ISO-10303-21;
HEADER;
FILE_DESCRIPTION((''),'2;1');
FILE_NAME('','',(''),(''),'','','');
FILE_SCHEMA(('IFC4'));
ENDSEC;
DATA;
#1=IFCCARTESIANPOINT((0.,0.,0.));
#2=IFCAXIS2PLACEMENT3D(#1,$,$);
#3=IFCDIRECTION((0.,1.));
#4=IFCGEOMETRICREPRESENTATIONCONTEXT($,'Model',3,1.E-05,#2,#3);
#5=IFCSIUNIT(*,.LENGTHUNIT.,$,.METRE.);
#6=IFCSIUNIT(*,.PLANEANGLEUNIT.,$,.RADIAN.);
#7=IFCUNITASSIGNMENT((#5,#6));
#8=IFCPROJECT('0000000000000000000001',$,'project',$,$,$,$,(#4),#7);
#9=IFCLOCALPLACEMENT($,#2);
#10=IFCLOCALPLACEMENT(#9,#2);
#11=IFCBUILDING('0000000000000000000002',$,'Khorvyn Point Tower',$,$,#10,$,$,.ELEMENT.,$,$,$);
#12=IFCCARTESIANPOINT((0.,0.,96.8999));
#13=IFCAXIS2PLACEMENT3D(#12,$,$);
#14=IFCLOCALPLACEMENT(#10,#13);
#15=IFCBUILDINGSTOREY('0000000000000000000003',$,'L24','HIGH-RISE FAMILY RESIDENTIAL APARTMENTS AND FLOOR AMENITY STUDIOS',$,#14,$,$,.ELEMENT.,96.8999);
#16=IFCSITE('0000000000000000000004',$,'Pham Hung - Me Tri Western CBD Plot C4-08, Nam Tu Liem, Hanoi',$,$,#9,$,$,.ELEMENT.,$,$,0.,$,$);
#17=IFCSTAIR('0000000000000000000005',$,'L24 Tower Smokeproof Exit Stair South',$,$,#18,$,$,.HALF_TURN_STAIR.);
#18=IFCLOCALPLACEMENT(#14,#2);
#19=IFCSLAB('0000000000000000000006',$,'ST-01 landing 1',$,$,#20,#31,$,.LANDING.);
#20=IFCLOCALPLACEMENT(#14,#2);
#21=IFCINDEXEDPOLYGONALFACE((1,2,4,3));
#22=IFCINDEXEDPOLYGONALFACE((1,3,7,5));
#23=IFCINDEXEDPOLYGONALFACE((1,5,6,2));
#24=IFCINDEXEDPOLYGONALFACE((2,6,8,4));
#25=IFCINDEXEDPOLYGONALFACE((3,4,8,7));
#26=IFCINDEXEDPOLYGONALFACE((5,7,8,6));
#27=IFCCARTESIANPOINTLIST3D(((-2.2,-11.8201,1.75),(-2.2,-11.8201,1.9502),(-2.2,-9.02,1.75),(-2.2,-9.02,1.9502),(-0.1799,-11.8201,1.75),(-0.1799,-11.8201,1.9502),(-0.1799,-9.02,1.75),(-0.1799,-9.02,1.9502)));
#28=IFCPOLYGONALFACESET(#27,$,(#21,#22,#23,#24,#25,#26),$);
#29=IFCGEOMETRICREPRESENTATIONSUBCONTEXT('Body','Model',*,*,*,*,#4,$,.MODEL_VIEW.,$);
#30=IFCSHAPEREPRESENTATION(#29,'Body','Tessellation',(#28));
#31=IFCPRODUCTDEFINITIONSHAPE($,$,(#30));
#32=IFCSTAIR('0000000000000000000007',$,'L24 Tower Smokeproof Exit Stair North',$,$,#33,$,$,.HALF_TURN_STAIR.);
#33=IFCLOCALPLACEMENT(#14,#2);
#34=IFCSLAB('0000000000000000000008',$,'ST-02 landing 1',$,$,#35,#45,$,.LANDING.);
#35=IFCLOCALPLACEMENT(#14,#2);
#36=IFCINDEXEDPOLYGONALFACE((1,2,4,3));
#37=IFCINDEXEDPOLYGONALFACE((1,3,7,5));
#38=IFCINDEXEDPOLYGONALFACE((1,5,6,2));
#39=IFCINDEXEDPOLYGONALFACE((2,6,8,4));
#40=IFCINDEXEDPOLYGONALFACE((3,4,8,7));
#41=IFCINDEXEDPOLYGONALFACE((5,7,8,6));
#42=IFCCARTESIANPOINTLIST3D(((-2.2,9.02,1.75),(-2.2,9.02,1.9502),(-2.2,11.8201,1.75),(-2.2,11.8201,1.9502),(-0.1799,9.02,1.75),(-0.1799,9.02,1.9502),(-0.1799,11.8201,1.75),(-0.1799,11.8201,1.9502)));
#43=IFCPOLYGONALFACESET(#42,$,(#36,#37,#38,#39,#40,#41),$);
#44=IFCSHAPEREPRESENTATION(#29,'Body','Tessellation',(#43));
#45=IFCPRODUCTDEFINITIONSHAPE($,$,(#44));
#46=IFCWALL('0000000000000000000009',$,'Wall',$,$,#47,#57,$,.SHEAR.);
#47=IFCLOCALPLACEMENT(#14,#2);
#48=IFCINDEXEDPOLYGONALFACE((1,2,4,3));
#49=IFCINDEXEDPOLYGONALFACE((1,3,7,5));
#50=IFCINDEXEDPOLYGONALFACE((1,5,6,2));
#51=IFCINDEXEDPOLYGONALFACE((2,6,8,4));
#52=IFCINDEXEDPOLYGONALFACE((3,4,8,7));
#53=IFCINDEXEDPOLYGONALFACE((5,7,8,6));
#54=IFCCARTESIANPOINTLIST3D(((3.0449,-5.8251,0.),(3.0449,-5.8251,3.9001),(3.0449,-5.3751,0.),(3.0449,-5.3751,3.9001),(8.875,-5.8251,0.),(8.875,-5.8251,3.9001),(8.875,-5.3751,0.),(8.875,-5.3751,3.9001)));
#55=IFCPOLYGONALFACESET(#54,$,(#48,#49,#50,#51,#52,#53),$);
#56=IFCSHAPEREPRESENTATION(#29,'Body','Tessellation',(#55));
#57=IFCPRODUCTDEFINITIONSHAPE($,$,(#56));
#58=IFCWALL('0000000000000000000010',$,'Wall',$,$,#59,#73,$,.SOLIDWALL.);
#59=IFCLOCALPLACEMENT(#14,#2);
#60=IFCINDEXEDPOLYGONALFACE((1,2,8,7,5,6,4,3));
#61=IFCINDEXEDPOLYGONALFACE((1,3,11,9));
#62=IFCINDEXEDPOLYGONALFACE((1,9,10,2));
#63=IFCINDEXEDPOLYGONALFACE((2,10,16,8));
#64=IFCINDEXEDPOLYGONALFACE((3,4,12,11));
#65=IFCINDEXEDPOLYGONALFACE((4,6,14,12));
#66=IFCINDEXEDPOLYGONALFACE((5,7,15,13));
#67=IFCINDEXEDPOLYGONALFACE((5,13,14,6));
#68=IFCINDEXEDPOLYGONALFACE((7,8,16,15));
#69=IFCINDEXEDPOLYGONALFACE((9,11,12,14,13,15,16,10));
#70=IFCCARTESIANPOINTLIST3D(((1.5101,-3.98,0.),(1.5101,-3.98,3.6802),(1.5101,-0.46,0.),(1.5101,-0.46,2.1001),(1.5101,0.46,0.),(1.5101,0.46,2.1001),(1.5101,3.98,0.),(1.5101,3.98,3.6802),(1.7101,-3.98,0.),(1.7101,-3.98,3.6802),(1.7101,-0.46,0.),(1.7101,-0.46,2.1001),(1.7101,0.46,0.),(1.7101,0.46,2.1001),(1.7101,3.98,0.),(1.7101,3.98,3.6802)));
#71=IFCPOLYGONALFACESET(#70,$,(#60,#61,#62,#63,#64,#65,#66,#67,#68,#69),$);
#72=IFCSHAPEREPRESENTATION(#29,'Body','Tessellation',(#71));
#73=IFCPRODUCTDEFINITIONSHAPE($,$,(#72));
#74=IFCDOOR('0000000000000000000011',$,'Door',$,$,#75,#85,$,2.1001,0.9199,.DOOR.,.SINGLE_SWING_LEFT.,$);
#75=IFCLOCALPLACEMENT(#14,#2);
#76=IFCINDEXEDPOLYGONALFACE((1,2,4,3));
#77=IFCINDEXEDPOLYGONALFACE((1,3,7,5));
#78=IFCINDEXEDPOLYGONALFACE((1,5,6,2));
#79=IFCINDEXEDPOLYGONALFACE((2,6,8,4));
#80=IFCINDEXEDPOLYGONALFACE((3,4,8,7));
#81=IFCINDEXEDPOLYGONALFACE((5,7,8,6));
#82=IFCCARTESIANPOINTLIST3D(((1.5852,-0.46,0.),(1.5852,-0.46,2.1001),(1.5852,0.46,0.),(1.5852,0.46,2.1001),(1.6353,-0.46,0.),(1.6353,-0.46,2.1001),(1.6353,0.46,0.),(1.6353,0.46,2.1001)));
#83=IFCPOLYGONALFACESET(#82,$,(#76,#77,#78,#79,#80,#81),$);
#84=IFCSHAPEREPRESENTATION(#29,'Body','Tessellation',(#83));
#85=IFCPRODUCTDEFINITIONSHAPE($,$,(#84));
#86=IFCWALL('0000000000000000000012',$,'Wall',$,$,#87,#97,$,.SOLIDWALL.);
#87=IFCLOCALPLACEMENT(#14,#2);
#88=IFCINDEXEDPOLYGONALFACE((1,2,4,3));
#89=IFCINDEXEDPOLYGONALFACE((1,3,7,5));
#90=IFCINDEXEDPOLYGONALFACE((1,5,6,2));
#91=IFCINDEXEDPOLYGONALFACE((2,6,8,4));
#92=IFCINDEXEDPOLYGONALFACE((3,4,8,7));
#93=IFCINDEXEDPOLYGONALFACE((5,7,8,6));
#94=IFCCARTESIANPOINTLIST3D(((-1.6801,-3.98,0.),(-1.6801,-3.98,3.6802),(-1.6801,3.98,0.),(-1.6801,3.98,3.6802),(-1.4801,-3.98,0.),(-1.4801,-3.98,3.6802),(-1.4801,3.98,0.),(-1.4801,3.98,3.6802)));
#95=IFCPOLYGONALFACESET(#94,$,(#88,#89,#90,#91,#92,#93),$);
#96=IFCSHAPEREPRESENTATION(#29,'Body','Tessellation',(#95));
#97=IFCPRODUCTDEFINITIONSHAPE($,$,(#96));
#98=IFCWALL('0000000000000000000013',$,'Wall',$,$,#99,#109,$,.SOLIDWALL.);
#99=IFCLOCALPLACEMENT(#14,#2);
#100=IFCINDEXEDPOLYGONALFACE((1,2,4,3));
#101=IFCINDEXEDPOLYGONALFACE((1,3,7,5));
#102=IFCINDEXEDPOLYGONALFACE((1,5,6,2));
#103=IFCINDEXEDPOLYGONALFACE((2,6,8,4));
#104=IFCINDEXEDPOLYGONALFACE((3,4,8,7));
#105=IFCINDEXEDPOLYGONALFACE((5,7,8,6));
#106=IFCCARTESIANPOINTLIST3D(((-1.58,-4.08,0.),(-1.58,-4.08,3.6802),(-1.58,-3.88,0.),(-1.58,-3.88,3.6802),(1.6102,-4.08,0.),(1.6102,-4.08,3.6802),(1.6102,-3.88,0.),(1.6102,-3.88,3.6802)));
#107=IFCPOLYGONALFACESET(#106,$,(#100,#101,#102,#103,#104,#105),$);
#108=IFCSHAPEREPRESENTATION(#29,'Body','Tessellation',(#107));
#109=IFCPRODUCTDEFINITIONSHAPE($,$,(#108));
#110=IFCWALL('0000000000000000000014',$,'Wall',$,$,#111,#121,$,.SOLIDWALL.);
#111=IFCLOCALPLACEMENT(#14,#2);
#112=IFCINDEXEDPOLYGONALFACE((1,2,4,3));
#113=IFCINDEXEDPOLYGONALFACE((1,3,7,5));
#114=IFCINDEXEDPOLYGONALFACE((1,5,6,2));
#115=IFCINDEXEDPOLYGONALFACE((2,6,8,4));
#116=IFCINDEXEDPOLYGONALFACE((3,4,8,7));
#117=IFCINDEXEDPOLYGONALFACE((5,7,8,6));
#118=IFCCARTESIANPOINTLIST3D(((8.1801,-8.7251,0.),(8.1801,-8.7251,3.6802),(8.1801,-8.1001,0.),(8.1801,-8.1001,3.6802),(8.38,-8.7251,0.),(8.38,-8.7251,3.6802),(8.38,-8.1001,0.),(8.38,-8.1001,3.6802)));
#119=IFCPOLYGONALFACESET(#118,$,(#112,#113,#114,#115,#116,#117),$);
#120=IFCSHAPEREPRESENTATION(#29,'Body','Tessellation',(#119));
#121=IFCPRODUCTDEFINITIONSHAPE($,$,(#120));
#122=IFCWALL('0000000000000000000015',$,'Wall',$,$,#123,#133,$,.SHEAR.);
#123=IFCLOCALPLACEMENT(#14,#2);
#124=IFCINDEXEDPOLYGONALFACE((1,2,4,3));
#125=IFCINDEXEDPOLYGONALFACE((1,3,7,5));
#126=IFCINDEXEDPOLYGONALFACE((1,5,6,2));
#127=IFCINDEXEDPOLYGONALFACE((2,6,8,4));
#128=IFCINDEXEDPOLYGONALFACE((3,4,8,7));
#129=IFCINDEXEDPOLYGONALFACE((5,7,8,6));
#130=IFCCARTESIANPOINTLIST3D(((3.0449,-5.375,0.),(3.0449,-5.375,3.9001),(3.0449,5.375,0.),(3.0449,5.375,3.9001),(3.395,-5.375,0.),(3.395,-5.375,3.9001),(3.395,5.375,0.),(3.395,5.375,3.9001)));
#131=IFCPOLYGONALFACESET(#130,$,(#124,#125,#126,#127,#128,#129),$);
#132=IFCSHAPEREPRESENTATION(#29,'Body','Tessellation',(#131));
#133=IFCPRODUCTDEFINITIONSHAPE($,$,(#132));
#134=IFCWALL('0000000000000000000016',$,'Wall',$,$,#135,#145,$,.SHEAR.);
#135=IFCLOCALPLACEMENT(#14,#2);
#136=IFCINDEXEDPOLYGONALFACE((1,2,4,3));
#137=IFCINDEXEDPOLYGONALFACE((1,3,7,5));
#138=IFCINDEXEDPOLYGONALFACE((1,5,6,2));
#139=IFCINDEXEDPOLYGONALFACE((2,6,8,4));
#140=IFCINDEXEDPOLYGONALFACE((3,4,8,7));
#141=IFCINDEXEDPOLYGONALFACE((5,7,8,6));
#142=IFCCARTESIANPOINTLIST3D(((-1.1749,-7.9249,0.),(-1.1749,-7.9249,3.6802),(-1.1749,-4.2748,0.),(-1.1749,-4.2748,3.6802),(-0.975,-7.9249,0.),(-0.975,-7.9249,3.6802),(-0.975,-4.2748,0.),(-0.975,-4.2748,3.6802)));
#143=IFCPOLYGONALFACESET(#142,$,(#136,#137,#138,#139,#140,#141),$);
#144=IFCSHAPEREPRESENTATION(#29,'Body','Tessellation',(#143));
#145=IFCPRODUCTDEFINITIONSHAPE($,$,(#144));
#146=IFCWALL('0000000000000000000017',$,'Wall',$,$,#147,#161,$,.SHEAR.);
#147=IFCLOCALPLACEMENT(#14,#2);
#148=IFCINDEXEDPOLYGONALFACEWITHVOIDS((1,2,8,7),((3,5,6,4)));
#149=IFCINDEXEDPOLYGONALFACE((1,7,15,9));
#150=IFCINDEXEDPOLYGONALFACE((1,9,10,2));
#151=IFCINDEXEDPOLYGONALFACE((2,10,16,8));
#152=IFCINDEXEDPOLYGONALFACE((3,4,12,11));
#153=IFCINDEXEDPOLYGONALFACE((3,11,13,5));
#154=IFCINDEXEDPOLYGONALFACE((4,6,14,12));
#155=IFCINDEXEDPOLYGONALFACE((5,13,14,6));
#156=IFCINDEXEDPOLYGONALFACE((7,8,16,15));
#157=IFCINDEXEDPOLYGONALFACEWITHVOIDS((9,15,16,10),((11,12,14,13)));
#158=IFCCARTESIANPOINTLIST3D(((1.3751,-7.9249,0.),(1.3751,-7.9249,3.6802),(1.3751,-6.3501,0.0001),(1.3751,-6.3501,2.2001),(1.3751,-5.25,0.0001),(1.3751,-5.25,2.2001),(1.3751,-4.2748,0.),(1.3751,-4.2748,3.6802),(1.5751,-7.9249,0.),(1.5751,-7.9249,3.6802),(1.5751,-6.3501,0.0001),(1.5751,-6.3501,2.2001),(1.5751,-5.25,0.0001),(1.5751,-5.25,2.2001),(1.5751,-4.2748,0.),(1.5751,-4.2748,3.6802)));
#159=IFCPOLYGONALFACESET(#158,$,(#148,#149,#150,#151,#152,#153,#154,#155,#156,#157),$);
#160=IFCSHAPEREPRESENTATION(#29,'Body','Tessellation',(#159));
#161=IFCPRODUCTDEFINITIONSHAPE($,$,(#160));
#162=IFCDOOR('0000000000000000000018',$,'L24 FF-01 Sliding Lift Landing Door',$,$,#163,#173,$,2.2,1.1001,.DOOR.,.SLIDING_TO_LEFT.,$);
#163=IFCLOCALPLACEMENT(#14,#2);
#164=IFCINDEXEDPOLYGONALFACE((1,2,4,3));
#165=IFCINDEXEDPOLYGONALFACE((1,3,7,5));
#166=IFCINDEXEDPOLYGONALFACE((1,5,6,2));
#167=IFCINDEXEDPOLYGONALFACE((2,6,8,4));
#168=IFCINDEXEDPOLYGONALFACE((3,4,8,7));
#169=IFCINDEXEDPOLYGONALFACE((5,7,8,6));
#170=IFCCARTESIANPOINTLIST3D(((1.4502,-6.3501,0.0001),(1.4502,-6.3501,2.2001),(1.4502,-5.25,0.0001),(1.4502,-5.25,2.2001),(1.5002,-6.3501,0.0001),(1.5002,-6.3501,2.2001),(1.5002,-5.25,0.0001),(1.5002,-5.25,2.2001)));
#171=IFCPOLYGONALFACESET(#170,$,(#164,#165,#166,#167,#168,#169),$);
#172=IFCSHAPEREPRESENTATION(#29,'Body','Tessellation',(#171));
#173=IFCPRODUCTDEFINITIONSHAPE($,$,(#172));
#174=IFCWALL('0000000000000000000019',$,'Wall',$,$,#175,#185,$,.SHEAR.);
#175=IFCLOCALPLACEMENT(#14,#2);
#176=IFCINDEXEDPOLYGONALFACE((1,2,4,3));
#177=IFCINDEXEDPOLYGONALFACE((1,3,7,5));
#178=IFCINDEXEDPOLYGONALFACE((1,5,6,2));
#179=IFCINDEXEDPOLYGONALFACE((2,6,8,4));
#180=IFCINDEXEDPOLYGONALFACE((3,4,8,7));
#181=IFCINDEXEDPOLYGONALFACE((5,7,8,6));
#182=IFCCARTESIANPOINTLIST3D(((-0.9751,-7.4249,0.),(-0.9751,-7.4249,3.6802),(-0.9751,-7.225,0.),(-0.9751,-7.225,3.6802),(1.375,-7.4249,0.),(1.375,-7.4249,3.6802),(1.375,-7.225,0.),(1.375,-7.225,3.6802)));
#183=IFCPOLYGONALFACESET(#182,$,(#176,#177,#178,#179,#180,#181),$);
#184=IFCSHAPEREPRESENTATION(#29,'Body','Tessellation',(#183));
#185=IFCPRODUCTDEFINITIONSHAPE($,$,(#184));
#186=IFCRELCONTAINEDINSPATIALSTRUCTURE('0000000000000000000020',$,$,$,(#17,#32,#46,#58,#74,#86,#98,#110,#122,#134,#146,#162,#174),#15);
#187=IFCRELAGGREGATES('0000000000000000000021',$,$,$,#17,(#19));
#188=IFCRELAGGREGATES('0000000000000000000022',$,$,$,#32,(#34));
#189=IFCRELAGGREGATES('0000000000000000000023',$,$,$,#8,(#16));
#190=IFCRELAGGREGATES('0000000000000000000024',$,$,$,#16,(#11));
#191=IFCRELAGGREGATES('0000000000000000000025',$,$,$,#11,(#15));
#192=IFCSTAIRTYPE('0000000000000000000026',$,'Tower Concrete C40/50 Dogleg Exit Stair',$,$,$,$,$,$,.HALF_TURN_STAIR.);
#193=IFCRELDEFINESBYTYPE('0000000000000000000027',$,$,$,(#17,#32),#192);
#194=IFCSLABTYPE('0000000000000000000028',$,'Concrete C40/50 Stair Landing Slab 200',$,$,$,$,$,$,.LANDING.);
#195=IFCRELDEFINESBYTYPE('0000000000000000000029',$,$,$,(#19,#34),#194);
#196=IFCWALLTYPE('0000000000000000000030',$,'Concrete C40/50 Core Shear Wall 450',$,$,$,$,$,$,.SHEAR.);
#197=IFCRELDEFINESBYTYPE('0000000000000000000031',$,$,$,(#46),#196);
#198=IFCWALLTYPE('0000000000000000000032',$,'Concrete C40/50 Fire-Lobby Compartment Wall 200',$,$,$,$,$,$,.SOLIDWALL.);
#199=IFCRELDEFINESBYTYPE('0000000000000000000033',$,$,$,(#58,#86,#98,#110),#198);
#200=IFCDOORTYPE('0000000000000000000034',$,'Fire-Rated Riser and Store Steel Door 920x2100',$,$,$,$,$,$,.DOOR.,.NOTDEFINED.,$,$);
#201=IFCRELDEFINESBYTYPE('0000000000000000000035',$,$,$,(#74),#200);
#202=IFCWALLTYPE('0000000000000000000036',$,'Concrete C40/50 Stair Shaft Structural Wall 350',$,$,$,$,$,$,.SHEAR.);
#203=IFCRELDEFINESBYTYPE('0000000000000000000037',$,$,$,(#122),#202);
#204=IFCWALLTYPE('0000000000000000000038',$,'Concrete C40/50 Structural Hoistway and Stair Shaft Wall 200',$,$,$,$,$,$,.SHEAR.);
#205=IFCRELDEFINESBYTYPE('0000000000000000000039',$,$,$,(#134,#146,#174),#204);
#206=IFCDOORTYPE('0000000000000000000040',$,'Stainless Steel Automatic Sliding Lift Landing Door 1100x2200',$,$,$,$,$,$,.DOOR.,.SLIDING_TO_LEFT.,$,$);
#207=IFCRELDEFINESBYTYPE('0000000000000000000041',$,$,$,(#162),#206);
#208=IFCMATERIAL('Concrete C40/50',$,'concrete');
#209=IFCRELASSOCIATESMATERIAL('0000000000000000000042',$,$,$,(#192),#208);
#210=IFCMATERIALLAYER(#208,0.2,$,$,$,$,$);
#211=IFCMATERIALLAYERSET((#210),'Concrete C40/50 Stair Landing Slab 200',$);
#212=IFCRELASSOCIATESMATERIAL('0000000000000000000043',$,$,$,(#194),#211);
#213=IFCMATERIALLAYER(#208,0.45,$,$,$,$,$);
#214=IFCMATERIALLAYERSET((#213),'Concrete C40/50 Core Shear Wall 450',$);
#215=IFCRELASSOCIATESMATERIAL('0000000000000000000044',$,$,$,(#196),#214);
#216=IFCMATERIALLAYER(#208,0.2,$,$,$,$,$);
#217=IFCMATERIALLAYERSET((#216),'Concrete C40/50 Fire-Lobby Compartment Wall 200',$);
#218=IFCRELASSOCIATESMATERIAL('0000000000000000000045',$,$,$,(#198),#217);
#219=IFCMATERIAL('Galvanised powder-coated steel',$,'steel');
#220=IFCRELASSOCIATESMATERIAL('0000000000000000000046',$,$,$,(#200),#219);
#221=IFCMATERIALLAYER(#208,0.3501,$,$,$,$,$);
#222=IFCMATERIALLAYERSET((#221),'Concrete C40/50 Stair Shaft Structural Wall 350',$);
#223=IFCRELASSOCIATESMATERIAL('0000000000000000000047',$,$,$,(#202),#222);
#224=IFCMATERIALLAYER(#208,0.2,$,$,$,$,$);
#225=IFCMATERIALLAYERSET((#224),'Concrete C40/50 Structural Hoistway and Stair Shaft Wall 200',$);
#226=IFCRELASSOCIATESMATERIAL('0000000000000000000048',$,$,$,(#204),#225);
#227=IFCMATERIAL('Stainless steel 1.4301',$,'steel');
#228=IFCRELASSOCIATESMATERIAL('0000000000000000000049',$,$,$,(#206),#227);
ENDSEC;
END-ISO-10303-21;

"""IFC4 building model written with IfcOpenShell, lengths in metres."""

from ifc_helpers import new_model, si_unit, direction, frame, frame_2d, origin, place, context, subcontext, project, spatial, polyline, rectangle, outline, extrude, material, layer, layer_set, type_object, element, fill, aggregate, save


model = new_model("IFC4")

# Units and contexts
model_context = context("Model", 3, precision=1e-05, world=origin(), true_north=direction((0.0, 1.0)))
body_context = subcontext(model_context, "Body", "Model", "MODEL_VIEW")
ifc_project = project(units=[si_unit("LENGTHUNIT", "METRE"), si_unit("PLANEANGLEUNIT", "RADIAN")], contexts=[model_context])

# Site, building, storey
site_placement = place(None, origin())
site = spatial("IfcSite", under=ifc_project, at=site_placement, Name="Pham Hung - Me Tri Western CBD Plot C4-08, Nam Tu Liem, Hanoi", CompositionType="ELEMENT", RefElevation=0.0)
building_placement = place(site_placement, origin())
building = spatial("IfcBuilding", under=site, at=building_placement, Name="Khorvyn Point Tower", CompositionType="ELEMENT")
storey_placement = place(building_placement, frame((0.0, 0.0, 96.8999)))
storey = spatial("IfcBuildingStorey", under=building, at=storey_placement, Name="L24", Description="HIGH-RISE FAMILY RESIDENTIAL APARTMENTS AND FLOOR AMENITY STUDIOS", CompositionType="ELEMENT", Elevation=96.8999)

# Shared definitions
ifc_material_1 = material(Name="Concrete C40/50", Category="concrete")

# Stairs, slabs
stair_type = type_object("IfcStairType", Name="Tower Concrete C40/50 Dogleg Exit Stair", PredefinedType="HALF_TURN_STAIR", material=ifc_material_1)
stair_1_placement = place(storey_placement, origin())
stair_1 = element("IfcStair", 1, at=stair_1_placement, inside=storey, type_object=stair_type, Name="L24 Tower Smokeproof Exit Stair South", PredefinedType="HALF_TURN_STAIR")
ifc_layer_1 = layer(ifc_material_1, 0.2)
ifc_layer_set_1 = layer_set([ifc_layer_1], Name="Concrete C40/50 Stair Landing Slab 200")
slab_type_1 = type_object("IfcSlabType", Name="Concrete C40/50 Stair Landing Slab 200", PredefinedType="LANDING", material=ifc_layer_set_1)
slab_1_placement = place(storey_placement, frame((0.0, 0.0, 1.75)))
slab_1 = element("IfcSlab", 2, at=slab_1_placement, type_object=slab_type_1, Name="ST-01 landing 1", PredefinedType="LANDING", context=body_context, shape_type="SweptSolid", body=[
    extrude(outline(polyline([(-0.1799, -9.02), (-2.2, -9.02), (-2.2, -11.8201), (-0.1799, -11.8201), (-0.1799, -9.02)])), origin(), (0.0, 0.0, 1.0), 0.2002),
])
aggregate(stair_1, [slab_1])
stair_2_placement = place(storey_placement, origin())
stair_2 = element("IfcStair", 3, at=stair_2_placement, inside=storey, type_object=stair_type, Name="L24 Tower Smokeproof Exit Stair North", PredefinedType="HALF_TURN_STAIR")
slab_2_placement = place(storey_placement, frame((0.0, 0.0, 1.75)))
slab_2 = element("IfcSlab", 4, at=slab_2_placement, type_object=slab_type_1, Name="ST-02 landing 1", PredefinedType="LANDING", context=body_context, shape_type="SweptSolid", body=[
    extrude(outline(polyline([(-0.1799, 11.8201), (-2.2, 11.8201), (-2.2, 9.02), (-0.1799, 9.02), (-0.1799, 11.8201)])), origin(), (0.0, 0.0, 1.0), 0.2002),
])
aggregate(stair_2, [slab_2])

# Wall
ifc_layer_2 = layer(ifc_material_1, 0.45)
ifc_layer_set_2 = layer_set([ifc_layer_2], Name="Concrete C40/50 Core Shear Wall 450")
wall_type_1 = type_object("IfcWallType", Name="Concrete C40/50 Core Shear Wall 450", PredefinedType="SHEAR", material=ifc_layer_set_2)
wall_1_placement = place(storey_placement, frame((3.0449, -5.6001, 0.0), z_axis=(0.0, 0.0, 1.0), x_axis=(1.0, 0.0, 0.0)))
element("IfcWall", 5, at=wall_1_placement, inside=storey, type_object=wall_type_1, Name="Wall", PredefinedType="SHEAR", context=body_context, shape_type="SweptSolid", body=[
    extrude(rectangle(XDim=5.8301, YDim=0.45, at=frame_2d((2.915, 0.0))), origin(), (0.0, 0.0, 1.0), 3.9001),
])

# Wall, opening, door
ifc_layer_3 = layer(ifc_material_1, 0.2)
ifc_layer_set_3 = layer_set([ifc_layer_3], Name="Concrete C40/50 Fire-Lobby Compartment Wall 200")
wall_type_2 = type_object("IfcWallType", Name="Concrete C40/50 Fire-Lobby Compartment Wall 200", PredefinedType="SOLIDWALL", material=ifc_layer_set_3)
ifc_material_2 = material(Name="Galvanised powder-coated steel", Category="steel")
wall_2_placement = place(storey_placement, frame((1.6101, -3.98, 0.0), z_axis=(0.0, 0.0, 1.0), x_axis=(0.0, 1.0, 0.0)))
wall_2 = element("IfcWall", 6, at=wall_2_placement, inside=storey, type_object=wall_type_2, Name="Wall", PredefinedType="SOLIDWALL", context=body_context, shape_type="SweptSolid", body=[
    extrude(rectangle(XDim=7.96, YDim=0.2, at=frame_2d((3.98, 0.0))), origin(), (0.0, 0.0, 1.0), 3.6802),
])
opening_1_placement = place(wall_2_placement, frame((3.52, 0.0, 0.0)))
opening_1 = element("IfcOpeningElement", 7, at=opening_1_placement, cuts=wall_2, PredefinedType="OPENING", context=body_context, shape_type="SweptSolid", body=[
    extrude(rectangle(XDim=0.9199, YDim=2.1001, at=frame_2d((0.46, 1.05))), frame((0.0, 0.1099, 0.0), z_axis=(0.0, -1.0, 0.0), x_axis=(1.0, 0.0, 0.0)), (0.0, 0.0, 1.0), 0.22),
])
door_type_1 = type_object("IfcDoorType", Name="Fire-Rated Riser and Store Steel Door 920x2100", OperationType="NOTDEFINED", PredefinedType="DOOR", material=ifc_material_2)
door_1_placement = place(opening_1_placement, origin())
door_1 = element("IfcDoor", 8, at=door_1_placement, inside=storey, type_object=door_type_1, Name="Door", OperationType="SINGLE_SWING_LEFT", OverallHeight=2.1001, OverallWidth=0.9199, PredefinedType="DOOR", context=body_context, shape_type="SweptSolid", body=[
    extrude(rectangle(XDim=0.9199, YDim=2.1001, at=frame_2d((0.46, 1.05))), frame((0.0, 0.0249, 0.0), z_axis=(0.0, -1.0, 0.0), x_axis=(1.0, 0.0, 0.0)), (0.0, 0.0, 1.0), 0.05),
])
fill(opening_1, door_1)

# Walls
wall_3_placement = place(storey_placement, frame((-1.5801, -3.98, 0.0), z_axis=(0.0, 0.0, 1.0), x_axis=(0.0, 1.0, 0.0)))
element("IfcWall", 9, at=wall_3_placement, inside=storey, type_object=wall_type_2, Name="Wall", PredefinedType="SOLIDWALL", context=body_context, shape_type="SweptSolid", body=[
    extrude(rectangle(XDim=7.96, YDim=0.2, at=frame_2d((3.98, 0.0))), origin(), (0.0, 0.0, 1.0), 3.6802),
])
wall_4_placement = place(storey_placement, frame((-1.5801, -3.98, 0.0), z_axis=(0.0, 0.0, 1.0), x_axis=(1.0, 0.0, 0.0)))
element("IfcWall", 10, at=wall_4_placement, inside=storey, type_object=wall_type_2, Name="Wall", PredefinedType="SOLIDWALL", context=body_context, shape_type="SweptSolid", body=[
    extrude(rectangle(XDim=3.1902, YDim=0.2, at=frame_2d((1.5952, 0.0))), origin(), (0.0, 0.0, 1.0), 3.6802),
])
wall_5_placement = place(storey_placement, frame((8.28, -8.7251, 0.0), z_axis=(0.0, 0.0, 1.0), x_axis=(0.0, 1.0, 0.0)))
element("IfcWall", 11, at=wall_5_placement, inside=storey, type_object=wall_type_2, Name="Wall", PredefinedType="SOLIDWALL", context=body_context, shape_type="SweptSolid", body=[
    extrude(rectangle(XDim=0.625, YDim=0.2, at=frame_2d((0.3125, 0.0))), origin(), (0.0, 0.0, 1.0), 3.6802),
])
ifc_layer_4 = layer(ifc_material_1, 0.3501)
ifc_layer_set_4 = layer_set([ifc_layer_4], Name="Concrete C40/50 Stair Shaft Structural Wall 350")
wall_type_3 = type_object("IfcWallType", Name="Concrete C40/50 Stair Shaft Structural Wall 350", PredefinedType="SHEAR", material=ifc_layer_set_4)
wall_6_placement = place(storey_placement, frame((3.22, -5.375, 0.0), z_axis=(0.0, 0.0, 1.0), x_axis=(0.0, 1.0, 0.0)))
element("IfcWall", 12, at=wall_6_placement, inside=storey, type_object=wall_type_3, Name="Wall", PredefinedType="SHEAR", context=body_context, shape_type="SweptSolid", body=[
    extrude(rectangle(XDim=10.75, YDim=0.3501, at=frame_2d((5.375, 0.0))), origin(), (0.0, 0.0, 1.0), 3.9001),
])

# Wall
ifc_layer_5 = layer(ifc_material_1, 0.2)
ifc_layer_set_5 = layer_set([ifc_layer_5], Name="Concrete C40/50 Structural Hoistway and Stair Shaft Wall 200")
wall_type_4 = type_object("IfcWallType", Name="Concrete C40/50 Structural Hoistway and Stair Shaft Wall 200", PredefinedType="SHEAR", material=ifc_layer_set_5)
wall_7_placement = place(storey_placement, frame((-1.075, -7.925, 0.0), z_axis=(0.0, 0.0, 1.0), x_axis=(0.0, 1.0, 0.0)))
element("IfcWall", 13, at=wall_7_placement, inside=storey, type_object=wall_type_4, Name="Wall", PredefinedType="SHEAR", context=body_context, shape_type="SweptSolid", body=[
    extrude(rectangle(XDim=3.6501, YDim=0.2, at=frame_2d((1.8252, 0.0))), origin(), (0.0, 0.0, 1.0), 3.6802),
])

# Wall, opening, door
wall_8_placement = place(storey_placement, frame((1.4751, -7.925, 0.0), z_axis=(0.0, 0.0, 1.0), x_axis=(0.0, 1.0, 0.0)))
wall_8 = element("IfcWall", 14, at=wall_8_placement, inside=storey, type_object=wall_type_4, Name="Wall", PredefinedType="SHEAR", context=body_context, shape_type="SweptSolid", body=[
    extrude(rectangle(XDim=3.6501, YDim=0.2, at=frame_2d((1.8252, 0.0))), origin(), (0.0, 0.0, 1.0), 3.6802),
])
opening_2_placement = place(wall_8_placement, frame((1.575, 0.0, 0.0)))
opening_2 = element("IfcOpeningElement", 15, at=opening_2_placement, cuts=wall_8, PredefinedType="OPENING", context=body_context, shape_type="SweptSolid", body=[
    extrude(rectangle(XDim=1.1001, YDim=2.2, at=frame_2d((0.55, 1.1001))), frame((0.0, 0.1099, 0.0), z_axis=(0.0, -1.0, 0.0), x_axis=(1.0, 0.0, 0.0)), (0.0, 0.0, 1.0), 0.22),
])
ifc_material_3 = material(Name="Stainless steel 1.4301", Category="steel")
door_type_2 = type_object("IfcDoorType", Name="Stainless Steel Automatic Sliding Lift Landing Door 1100x2200", OperationType="SLIDING_TO_LEFT", PredefinedType="DOOR", material=ifc_material_3)
door_2_placement = place(opening_2_placement, origin())
door_2 = element("IfcDoor", 16, at=door_2_placement, inside=storey, type_object=door_type_2, Name="L24 FF-01 Sliding Lift Landing Door", OperationType="SLIDING_TO_LEFT", OverallHeight=2.2, OverallWidth=1.1001, PredefinedType="DOOR", context=body_context, shape_type="SweptSolid", body=[
    extrude(rectangle(XDim=1.1001, YDim=2.2, at=frame_2d((0.55, 1.1001))), frame((0.0, 0.0249, 0.0), z_axis=(0.0, -1.0, 0.0), x_axis=(1.0, 0.0, 0.0)), (0.0, 0.0, 1.0), 0.05),
])
fill(opening_2, door_2)

# Wall
for number, where, z_axis, x_axis, name in (
    (17, (-0.9751, -7.325, 0.0), (0.0, 0.0, 1.0), (1.0, 0.0, 0.0), "Wall"),
):
    element("IfcWall", number, at=place(storey_placement, frame(where, z_axis=z_axis, x_axis=x_axis)), inside=storey, type_object=wall_type_4, Name=name, PredefinedType="SHEAR", context=body_context, shape_type="SweptSolid", body=[
        extrude(rectangle(XDim=2.3501, YDim=0.2, at=frame_2d((1.175, 0.0))), origin(), (0.0, 0.0, 1.0), 3.6802),
    ])

save(model, "model.ifc")
